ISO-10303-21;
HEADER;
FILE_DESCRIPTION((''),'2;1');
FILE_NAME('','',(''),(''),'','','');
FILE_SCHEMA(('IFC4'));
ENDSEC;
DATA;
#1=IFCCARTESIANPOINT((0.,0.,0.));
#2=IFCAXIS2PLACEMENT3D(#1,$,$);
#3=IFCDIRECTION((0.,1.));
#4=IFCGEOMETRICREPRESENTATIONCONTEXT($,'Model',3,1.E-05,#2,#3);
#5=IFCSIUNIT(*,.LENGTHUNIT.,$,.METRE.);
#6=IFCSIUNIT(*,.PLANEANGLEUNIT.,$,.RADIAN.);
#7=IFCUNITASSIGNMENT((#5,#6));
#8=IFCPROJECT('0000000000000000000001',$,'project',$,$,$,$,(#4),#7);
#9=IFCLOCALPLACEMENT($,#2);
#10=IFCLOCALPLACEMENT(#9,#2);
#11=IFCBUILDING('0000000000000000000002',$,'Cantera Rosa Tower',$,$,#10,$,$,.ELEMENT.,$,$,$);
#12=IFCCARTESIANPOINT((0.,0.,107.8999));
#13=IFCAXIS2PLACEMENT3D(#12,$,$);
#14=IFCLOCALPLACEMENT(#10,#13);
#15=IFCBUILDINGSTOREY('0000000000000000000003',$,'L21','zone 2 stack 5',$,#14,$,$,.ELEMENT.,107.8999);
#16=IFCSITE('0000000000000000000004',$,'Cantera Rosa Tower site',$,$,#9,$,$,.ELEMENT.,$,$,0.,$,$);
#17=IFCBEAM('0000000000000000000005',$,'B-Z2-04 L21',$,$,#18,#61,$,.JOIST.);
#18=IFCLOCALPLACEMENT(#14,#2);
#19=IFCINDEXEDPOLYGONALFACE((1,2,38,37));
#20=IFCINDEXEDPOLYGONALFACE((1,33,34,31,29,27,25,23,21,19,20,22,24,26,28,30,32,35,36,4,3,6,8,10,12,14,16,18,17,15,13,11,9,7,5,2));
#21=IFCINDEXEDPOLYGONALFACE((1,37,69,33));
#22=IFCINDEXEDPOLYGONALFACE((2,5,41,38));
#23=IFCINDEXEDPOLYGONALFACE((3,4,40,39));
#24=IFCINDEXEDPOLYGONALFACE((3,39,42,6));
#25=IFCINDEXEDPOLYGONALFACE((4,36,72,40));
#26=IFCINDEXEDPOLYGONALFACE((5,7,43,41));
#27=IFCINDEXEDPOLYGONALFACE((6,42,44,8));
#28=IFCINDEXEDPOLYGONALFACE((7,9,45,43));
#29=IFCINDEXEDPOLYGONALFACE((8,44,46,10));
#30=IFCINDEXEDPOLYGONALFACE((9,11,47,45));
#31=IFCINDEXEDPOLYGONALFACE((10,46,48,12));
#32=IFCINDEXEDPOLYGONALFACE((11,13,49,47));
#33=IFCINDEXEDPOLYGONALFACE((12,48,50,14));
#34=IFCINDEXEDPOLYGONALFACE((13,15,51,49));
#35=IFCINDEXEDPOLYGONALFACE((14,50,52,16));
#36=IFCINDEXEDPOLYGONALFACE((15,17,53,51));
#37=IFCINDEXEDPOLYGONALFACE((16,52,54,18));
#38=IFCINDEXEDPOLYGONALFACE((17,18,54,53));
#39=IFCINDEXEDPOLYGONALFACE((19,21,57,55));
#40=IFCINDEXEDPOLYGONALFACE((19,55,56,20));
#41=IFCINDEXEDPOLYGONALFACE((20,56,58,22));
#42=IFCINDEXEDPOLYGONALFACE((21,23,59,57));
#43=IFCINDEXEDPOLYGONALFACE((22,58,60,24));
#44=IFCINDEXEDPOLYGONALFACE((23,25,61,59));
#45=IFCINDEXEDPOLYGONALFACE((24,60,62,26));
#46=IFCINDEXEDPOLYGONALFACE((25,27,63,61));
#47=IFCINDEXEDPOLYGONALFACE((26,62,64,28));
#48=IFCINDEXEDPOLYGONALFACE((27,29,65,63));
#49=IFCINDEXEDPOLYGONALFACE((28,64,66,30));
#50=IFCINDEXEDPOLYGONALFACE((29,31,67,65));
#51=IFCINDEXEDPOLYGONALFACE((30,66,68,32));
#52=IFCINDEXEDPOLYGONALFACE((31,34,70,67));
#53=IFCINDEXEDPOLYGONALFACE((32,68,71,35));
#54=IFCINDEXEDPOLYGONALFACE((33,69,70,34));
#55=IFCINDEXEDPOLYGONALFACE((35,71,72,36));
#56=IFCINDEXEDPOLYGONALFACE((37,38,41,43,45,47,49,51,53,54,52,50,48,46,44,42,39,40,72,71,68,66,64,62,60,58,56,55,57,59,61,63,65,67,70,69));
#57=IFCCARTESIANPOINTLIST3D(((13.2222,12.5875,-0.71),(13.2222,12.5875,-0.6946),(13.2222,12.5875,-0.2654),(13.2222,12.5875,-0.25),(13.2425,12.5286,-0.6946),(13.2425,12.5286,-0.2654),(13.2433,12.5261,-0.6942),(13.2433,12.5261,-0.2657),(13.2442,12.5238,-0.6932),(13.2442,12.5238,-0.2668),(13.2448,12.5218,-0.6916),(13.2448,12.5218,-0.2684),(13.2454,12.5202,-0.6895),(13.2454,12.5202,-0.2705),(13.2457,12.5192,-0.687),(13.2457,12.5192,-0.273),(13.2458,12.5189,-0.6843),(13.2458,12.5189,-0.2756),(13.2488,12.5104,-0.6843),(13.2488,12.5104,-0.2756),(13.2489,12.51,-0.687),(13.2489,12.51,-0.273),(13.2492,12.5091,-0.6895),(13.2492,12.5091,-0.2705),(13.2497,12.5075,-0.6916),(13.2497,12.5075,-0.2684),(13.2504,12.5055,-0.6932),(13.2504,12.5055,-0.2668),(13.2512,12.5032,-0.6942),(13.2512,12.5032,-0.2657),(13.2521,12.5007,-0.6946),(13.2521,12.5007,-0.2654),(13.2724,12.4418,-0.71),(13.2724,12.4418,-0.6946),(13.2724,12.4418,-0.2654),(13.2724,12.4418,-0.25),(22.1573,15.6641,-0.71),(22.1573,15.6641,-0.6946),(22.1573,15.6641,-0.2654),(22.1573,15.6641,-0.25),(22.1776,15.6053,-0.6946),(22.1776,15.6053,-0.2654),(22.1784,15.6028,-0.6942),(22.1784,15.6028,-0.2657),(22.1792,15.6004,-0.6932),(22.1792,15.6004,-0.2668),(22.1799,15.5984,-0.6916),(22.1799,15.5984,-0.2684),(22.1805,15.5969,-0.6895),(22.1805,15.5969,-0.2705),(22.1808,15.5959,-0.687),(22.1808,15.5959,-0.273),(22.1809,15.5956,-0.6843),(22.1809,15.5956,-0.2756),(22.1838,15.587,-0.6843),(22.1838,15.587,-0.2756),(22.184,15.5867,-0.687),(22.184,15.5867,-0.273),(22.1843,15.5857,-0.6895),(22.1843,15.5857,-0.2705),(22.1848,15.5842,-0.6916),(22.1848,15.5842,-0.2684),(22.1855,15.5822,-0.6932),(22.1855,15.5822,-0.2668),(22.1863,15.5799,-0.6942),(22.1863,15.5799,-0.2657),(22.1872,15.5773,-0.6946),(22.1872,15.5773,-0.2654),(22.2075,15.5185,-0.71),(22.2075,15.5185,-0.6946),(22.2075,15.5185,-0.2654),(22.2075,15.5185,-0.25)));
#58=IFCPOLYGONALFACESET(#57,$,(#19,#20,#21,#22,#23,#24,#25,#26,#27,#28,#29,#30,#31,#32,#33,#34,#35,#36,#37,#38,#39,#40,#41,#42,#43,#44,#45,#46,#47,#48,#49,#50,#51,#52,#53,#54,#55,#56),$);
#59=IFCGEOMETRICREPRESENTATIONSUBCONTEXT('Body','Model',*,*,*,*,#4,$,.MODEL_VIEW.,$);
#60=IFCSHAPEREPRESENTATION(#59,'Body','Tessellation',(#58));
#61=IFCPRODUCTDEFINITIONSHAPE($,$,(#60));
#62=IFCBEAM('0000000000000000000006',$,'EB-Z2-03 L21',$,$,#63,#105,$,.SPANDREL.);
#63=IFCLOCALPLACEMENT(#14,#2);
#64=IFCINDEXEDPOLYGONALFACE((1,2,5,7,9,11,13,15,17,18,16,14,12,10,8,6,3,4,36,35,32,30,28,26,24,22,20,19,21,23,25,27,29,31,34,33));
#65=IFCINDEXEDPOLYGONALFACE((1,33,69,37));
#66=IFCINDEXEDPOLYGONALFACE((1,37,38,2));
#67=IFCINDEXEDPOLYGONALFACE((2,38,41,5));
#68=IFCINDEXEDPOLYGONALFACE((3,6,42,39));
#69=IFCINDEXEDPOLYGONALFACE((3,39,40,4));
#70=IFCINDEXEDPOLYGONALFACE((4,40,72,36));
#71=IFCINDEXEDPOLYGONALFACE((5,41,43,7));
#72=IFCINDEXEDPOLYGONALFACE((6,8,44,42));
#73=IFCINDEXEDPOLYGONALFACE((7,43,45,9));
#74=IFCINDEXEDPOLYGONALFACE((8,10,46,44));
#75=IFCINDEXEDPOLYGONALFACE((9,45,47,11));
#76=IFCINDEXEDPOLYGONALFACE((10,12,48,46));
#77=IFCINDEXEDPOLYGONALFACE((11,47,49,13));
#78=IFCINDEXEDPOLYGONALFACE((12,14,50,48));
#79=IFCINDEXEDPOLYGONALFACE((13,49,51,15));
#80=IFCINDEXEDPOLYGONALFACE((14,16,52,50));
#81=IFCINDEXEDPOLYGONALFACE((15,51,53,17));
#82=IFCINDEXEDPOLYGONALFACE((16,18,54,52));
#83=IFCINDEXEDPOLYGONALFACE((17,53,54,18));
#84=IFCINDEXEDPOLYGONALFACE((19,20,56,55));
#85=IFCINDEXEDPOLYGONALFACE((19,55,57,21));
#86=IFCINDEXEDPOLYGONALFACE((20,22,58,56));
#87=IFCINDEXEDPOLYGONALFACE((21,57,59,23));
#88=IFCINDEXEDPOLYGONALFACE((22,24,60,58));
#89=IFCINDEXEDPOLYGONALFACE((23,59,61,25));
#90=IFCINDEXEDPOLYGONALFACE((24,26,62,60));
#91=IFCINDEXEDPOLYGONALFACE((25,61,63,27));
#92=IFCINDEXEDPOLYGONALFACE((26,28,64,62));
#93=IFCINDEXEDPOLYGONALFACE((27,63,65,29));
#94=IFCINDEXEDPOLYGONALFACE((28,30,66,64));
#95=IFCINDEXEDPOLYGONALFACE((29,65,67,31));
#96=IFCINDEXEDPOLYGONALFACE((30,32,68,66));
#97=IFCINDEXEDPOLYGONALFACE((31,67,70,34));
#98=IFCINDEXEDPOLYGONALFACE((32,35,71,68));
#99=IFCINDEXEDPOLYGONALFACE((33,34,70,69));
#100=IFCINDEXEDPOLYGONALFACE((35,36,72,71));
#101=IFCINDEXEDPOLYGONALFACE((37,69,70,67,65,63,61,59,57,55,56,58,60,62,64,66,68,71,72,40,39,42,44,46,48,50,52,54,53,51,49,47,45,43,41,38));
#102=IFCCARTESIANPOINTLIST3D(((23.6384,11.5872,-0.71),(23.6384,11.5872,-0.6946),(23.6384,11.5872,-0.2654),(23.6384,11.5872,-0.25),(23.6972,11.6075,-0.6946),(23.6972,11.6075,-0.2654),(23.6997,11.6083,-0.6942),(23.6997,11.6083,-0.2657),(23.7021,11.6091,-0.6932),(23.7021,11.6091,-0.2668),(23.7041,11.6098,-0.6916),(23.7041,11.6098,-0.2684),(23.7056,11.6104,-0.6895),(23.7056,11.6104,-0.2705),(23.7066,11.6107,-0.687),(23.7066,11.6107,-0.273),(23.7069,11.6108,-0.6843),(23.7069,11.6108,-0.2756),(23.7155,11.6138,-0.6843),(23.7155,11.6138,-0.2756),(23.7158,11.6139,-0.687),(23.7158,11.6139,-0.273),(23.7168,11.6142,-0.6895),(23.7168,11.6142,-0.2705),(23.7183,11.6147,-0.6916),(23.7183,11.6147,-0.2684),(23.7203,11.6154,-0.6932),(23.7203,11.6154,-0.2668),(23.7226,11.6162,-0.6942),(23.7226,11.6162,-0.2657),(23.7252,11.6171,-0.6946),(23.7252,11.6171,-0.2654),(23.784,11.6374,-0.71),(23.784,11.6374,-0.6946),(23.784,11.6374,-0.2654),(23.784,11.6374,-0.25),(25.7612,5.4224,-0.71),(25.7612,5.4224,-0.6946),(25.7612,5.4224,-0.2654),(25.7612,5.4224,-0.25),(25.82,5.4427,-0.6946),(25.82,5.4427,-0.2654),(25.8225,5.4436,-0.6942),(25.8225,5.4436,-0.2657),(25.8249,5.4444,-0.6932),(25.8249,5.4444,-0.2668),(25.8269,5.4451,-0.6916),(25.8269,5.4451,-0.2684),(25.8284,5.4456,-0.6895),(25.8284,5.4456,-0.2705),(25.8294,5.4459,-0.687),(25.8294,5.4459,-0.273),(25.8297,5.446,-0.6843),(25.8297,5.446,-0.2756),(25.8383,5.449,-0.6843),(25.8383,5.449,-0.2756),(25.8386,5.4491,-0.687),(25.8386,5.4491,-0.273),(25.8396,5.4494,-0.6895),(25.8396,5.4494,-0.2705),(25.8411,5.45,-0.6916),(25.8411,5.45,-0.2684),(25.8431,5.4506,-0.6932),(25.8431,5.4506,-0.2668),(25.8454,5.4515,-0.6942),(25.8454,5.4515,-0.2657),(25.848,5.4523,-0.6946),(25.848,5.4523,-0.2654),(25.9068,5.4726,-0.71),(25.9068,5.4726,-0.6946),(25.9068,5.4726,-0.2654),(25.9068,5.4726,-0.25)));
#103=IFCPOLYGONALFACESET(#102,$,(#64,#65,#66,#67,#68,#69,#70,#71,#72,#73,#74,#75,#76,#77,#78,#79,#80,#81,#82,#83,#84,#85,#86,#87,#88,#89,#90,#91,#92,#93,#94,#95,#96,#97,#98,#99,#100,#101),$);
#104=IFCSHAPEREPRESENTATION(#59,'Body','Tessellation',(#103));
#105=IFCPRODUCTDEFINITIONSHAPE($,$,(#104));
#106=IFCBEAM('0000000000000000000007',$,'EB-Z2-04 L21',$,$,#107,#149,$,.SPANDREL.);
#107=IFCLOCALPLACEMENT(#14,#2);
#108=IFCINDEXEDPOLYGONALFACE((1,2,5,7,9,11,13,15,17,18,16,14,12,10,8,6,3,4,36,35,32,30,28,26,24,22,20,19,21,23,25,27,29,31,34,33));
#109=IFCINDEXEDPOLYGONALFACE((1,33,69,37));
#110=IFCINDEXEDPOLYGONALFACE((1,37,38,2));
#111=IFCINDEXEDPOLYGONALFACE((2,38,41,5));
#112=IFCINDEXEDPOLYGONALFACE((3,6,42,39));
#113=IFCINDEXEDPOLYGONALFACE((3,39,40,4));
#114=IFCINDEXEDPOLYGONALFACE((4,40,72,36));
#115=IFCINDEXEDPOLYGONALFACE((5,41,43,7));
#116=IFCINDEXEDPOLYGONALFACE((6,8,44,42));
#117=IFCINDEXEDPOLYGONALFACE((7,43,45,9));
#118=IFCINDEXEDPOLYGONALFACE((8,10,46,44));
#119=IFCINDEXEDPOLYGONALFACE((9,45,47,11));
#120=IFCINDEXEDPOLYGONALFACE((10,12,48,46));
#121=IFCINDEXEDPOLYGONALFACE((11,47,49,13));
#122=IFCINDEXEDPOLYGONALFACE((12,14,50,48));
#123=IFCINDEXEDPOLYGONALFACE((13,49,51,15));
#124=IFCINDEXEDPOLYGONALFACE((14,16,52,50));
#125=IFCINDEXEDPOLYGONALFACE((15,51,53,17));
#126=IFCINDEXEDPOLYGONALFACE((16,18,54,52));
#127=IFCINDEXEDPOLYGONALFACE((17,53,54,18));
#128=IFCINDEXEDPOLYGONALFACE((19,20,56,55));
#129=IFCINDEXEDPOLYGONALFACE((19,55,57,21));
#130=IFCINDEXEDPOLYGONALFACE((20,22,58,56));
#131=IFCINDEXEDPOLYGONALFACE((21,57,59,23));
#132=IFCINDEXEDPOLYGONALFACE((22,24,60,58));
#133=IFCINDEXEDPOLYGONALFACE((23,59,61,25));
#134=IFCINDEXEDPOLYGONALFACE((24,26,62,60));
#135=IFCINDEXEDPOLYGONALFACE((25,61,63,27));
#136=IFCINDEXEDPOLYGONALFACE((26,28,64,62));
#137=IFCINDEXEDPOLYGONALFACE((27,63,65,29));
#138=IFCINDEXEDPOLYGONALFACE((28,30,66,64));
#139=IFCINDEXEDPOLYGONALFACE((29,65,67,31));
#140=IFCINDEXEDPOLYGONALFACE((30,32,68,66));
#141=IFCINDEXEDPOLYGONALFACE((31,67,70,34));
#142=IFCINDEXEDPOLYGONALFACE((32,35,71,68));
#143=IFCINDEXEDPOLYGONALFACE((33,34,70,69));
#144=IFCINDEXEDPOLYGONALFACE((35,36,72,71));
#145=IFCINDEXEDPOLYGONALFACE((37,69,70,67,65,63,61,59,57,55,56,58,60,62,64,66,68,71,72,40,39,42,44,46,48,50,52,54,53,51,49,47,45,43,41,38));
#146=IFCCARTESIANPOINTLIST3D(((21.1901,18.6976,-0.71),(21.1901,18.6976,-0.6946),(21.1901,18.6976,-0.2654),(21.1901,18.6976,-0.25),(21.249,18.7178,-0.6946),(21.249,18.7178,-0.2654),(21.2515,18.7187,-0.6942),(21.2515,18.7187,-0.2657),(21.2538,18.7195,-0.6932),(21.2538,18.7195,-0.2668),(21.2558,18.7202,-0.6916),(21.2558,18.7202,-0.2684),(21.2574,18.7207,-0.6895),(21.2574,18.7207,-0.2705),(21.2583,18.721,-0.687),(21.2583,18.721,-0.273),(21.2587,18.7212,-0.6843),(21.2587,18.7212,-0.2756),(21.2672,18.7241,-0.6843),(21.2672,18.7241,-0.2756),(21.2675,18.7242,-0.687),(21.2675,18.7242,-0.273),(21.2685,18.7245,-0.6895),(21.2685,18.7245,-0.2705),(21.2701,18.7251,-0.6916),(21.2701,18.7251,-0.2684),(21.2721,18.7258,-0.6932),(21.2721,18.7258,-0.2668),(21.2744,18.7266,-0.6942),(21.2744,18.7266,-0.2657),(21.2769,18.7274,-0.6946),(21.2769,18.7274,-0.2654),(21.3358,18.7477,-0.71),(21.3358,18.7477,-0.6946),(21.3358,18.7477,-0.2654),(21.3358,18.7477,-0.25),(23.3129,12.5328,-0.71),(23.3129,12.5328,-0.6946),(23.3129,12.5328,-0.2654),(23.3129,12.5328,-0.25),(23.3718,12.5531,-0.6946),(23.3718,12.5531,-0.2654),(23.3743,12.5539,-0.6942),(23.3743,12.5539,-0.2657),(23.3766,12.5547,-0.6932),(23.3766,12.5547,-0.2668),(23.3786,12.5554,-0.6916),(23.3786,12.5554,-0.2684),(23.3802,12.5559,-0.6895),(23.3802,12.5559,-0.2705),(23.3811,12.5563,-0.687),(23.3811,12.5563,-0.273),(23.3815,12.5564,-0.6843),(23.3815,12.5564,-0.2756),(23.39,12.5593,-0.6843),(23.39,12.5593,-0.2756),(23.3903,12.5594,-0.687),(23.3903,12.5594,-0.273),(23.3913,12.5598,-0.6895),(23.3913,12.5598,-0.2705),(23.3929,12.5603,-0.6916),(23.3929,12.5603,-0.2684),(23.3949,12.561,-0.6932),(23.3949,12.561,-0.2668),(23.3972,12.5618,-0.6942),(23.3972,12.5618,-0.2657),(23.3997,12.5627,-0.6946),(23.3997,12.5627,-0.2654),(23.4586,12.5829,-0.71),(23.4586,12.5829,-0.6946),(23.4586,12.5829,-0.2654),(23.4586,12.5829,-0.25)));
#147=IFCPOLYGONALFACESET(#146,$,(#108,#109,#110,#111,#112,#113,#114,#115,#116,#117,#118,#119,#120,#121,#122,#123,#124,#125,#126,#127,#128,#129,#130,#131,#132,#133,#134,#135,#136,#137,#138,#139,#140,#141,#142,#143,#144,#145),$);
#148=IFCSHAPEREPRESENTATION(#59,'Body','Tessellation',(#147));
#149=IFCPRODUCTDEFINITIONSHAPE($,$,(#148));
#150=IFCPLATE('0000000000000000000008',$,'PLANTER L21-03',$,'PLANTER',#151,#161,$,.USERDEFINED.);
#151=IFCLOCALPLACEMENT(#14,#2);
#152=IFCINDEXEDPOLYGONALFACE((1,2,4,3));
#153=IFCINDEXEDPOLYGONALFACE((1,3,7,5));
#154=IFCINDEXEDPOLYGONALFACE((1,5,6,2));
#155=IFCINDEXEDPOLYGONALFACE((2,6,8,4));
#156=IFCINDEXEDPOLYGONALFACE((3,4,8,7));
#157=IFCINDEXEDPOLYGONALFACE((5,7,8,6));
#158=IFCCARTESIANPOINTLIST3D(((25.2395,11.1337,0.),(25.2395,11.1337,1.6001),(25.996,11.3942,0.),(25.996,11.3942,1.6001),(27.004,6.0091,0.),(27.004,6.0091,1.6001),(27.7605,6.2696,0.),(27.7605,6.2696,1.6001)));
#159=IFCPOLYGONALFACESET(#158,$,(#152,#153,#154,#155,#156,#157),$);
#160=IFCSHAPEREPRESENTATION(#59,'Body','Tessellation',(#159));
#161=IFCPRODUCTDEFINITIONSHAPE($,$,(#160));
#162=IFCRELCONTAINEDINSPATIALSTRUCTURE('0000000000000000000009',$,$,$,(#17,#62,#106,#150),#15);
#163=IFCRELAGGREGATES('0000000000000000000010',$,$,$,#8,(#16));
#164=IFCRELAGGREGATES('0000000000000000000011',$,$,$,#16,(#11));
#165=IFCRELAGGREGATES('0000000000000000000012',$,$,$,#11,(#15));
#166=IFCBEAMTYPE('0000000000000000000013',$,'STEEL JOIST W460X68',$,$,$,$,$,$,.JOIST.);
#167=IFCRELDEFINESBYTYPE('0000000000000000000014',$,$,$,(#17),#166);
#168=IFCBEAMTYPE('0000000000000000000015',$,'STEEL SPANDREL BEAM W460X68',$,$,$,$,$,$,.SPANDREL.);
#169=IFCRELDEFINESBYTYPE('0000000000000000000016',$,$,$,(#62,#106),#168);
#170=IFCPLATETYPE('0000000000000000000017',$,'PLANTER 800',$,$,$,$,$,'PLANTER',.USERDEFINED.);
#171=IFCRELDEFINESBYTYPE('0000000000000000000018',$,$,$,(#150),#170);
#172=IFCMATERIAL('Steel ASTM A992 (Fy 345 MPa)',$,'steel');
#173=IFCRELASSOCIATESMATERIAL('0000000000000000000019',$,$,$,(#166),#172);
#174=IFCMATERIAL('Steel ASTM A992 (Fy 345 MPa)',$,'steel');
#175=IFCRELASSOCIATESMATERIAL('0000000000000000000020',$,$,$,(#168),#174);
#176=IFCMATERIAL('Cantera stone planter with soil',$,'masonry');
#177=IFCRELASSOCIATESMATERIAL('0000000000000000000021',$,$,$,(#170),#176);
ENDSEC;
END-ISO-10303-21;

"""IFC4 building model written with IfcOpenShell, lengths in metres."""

from ifc_helpers import new_model, si_unit, direction, frame, origin, origin_2d, place, context, subcontext, project, spatial, rectangle, i_section, extrude, material, material_profile, profile_set, type_object, element, save


model = new_model("IFC4")

# Units and contexts
model_context = context("Model", 3, precision=1e-05, world=origin(), true_north=direction((0.0, 1.0)))
body_context = subcontext(model_context, "Body", "Model", "MODEL_VIEW")
ifc_project = project(units=[si_unit("LENGTHUNIT", "METRE"), si_unit("PLANEANGLEUNIT", "RADIAN")], contexts=[model_context])

# Site, building, storey
site_placement = place(None, origin())
site = spatial("IfcSite", under=ifc_project, at=site_placement, Name="Cantera Rosa Tower site", CompositionType="ELEMENT", RefElevation=0.0)
building_placement = place(site_placement, origin())
building = spatial("IfcBuilding", under=site, at=building_placement, Name="Cantera Rosa Tower", CompositionType="ELEMENT")
storey_placement = place(building_placement, frame((0.0, 0.0, 107.8999)))
storey = spatial("IfcBuildingStorey", under=building, at=storey_placement, Name="L21", Description="zone 2 stack 5", CompositionType="ELEMENT", Elevation=107.8999)

# Beams
ifc_material_1 = material(Name="Steel ASTM A992 (Fy 345 MPa)", Category="steel")
ifc_material_profile_1 = material_profile(ifc_material_1, i_section(OverallWidth=0.1541, OverallDepth=0.46, WebThickness=0.009, FlangeThickness=0.0154, FilletRadius=0.0103, at=origin_2d()), Name="W460X68")
ifc_profile_set_1 = profile_set([ifc_material_profile_1], Name="Steel ASTM A992 (Fy 345 MPa)")
beam_type_1 = type_object("IfcBeamType", Name="STEEL JOIST W460X68", PredefinedType="JOIST", material=ifc_profile_set_1)
beam_1_placement = place(storey_placement, frame((22.1824, 15.5913, -0.48), z_axis=(-0.945516, -0.325575, 0.0), x_axis=(0.325575, -0.945516, 0.0)))
element("IfcBeam", 1, at=beam_1_placement, inside=storey, type_object=beam_type_1, Name="B-Z2-04 L21", PredefinedType="JOIST", context=body_context, shape_type="SweptSolid", body=[
    extrude(i_section(OverallWidth=0.1541, OverallDepth=0.46, WebThickness=0.009, FlangeThickness=0.0154, FilletRadius=0.0103, at=origin_2d()), origin(), (0.0, 0.0, 1.0), 9.45),
])
ifc_material_2 = material(Name="Steel ASTM A992 (Fy 345 MPa)", Category="steel")
ifc_material_profile_2 = material_profile(ifc_material_2, i_section(OverallWidth=0.1541, OverallDepth=0.46, WebThickness=0.009, FlangeThickness=0.0154, FilletRadius=0.0103, at=origin_2d()), Name="W460X68")
ifc_profile_set_2 = profile_set([ifc_material_profile_2], Name="Steel ASTM A992 (Fy 345 MPa)")
beam_type_2 = type_object("IfcBeamType", Name="STEEL SPANDREL BEAM W460X68", PredefinedType="SPANDREL", material=ifc_profile_set_2)
for number, where, z_axis, x_axis, name in (
    (2, (25.834, 5.4475, -0.48), (-0.325581, 0.945514, 0.0), (-0.945514, -0.325581, 0.0), "EB-Z2-03 L21"),
    (3, (23.3857, 12.5579, -0.48), (-0.325581, 0.945514, 0.0), (-0.945514, -0.325581, 0.0), "EB-Z2-04 L21"),
):
    element("IfcBeam", number, at=place(storey_placement, frame(where, z_axis=z_axis, x_axis=x_axis)), inside=storey, type_object=beam_type_2, Name=name, PredefinedType="SPANDREL", context=body_context, shape_type="SweptSolid", body=[
        extrude(i_section(OverallWidth=0.1541, OverallDepth=0.46, WebThickness=0.009, FlangeThickness=0.0154, FilletRadius=0.0103, at=origin_2d()), origin(), (0.0, 0.0, 1.0), 6.52),
    ])

# Plate
ifc_material_3 = material(Name="Cantera stone planter with soil", Category="masonry")
plate_type = type_object("IfcPlateType", Name="PLANTER 800", ElementType="PLANTER", PredefinedType="USERDEFINED", material=ifc_material_3)
plate_placement = place(storey_placement, frame((26.5, 8.7017, 0.0), z_axis=(0.0, 0.0, 1.0), x_axis=(-0.325568, 0.945519, 0.0)))
element("IfcPlate", 4, at=plate_placement, inside=storey, type_object=plate_type, Name="PLANTER L21-03", ObjectType="PLANTER", PredefinedType="USERDEFINED", context=body_context, shape_type="SweptSolid", body=[
    extrude(rectangle(XDim=5.4199, YDim=0.8, at=origin_2d()), origin(), (0.0, 0.0, 1.0), 1.6001),
])

save(model, "model.ifc")
